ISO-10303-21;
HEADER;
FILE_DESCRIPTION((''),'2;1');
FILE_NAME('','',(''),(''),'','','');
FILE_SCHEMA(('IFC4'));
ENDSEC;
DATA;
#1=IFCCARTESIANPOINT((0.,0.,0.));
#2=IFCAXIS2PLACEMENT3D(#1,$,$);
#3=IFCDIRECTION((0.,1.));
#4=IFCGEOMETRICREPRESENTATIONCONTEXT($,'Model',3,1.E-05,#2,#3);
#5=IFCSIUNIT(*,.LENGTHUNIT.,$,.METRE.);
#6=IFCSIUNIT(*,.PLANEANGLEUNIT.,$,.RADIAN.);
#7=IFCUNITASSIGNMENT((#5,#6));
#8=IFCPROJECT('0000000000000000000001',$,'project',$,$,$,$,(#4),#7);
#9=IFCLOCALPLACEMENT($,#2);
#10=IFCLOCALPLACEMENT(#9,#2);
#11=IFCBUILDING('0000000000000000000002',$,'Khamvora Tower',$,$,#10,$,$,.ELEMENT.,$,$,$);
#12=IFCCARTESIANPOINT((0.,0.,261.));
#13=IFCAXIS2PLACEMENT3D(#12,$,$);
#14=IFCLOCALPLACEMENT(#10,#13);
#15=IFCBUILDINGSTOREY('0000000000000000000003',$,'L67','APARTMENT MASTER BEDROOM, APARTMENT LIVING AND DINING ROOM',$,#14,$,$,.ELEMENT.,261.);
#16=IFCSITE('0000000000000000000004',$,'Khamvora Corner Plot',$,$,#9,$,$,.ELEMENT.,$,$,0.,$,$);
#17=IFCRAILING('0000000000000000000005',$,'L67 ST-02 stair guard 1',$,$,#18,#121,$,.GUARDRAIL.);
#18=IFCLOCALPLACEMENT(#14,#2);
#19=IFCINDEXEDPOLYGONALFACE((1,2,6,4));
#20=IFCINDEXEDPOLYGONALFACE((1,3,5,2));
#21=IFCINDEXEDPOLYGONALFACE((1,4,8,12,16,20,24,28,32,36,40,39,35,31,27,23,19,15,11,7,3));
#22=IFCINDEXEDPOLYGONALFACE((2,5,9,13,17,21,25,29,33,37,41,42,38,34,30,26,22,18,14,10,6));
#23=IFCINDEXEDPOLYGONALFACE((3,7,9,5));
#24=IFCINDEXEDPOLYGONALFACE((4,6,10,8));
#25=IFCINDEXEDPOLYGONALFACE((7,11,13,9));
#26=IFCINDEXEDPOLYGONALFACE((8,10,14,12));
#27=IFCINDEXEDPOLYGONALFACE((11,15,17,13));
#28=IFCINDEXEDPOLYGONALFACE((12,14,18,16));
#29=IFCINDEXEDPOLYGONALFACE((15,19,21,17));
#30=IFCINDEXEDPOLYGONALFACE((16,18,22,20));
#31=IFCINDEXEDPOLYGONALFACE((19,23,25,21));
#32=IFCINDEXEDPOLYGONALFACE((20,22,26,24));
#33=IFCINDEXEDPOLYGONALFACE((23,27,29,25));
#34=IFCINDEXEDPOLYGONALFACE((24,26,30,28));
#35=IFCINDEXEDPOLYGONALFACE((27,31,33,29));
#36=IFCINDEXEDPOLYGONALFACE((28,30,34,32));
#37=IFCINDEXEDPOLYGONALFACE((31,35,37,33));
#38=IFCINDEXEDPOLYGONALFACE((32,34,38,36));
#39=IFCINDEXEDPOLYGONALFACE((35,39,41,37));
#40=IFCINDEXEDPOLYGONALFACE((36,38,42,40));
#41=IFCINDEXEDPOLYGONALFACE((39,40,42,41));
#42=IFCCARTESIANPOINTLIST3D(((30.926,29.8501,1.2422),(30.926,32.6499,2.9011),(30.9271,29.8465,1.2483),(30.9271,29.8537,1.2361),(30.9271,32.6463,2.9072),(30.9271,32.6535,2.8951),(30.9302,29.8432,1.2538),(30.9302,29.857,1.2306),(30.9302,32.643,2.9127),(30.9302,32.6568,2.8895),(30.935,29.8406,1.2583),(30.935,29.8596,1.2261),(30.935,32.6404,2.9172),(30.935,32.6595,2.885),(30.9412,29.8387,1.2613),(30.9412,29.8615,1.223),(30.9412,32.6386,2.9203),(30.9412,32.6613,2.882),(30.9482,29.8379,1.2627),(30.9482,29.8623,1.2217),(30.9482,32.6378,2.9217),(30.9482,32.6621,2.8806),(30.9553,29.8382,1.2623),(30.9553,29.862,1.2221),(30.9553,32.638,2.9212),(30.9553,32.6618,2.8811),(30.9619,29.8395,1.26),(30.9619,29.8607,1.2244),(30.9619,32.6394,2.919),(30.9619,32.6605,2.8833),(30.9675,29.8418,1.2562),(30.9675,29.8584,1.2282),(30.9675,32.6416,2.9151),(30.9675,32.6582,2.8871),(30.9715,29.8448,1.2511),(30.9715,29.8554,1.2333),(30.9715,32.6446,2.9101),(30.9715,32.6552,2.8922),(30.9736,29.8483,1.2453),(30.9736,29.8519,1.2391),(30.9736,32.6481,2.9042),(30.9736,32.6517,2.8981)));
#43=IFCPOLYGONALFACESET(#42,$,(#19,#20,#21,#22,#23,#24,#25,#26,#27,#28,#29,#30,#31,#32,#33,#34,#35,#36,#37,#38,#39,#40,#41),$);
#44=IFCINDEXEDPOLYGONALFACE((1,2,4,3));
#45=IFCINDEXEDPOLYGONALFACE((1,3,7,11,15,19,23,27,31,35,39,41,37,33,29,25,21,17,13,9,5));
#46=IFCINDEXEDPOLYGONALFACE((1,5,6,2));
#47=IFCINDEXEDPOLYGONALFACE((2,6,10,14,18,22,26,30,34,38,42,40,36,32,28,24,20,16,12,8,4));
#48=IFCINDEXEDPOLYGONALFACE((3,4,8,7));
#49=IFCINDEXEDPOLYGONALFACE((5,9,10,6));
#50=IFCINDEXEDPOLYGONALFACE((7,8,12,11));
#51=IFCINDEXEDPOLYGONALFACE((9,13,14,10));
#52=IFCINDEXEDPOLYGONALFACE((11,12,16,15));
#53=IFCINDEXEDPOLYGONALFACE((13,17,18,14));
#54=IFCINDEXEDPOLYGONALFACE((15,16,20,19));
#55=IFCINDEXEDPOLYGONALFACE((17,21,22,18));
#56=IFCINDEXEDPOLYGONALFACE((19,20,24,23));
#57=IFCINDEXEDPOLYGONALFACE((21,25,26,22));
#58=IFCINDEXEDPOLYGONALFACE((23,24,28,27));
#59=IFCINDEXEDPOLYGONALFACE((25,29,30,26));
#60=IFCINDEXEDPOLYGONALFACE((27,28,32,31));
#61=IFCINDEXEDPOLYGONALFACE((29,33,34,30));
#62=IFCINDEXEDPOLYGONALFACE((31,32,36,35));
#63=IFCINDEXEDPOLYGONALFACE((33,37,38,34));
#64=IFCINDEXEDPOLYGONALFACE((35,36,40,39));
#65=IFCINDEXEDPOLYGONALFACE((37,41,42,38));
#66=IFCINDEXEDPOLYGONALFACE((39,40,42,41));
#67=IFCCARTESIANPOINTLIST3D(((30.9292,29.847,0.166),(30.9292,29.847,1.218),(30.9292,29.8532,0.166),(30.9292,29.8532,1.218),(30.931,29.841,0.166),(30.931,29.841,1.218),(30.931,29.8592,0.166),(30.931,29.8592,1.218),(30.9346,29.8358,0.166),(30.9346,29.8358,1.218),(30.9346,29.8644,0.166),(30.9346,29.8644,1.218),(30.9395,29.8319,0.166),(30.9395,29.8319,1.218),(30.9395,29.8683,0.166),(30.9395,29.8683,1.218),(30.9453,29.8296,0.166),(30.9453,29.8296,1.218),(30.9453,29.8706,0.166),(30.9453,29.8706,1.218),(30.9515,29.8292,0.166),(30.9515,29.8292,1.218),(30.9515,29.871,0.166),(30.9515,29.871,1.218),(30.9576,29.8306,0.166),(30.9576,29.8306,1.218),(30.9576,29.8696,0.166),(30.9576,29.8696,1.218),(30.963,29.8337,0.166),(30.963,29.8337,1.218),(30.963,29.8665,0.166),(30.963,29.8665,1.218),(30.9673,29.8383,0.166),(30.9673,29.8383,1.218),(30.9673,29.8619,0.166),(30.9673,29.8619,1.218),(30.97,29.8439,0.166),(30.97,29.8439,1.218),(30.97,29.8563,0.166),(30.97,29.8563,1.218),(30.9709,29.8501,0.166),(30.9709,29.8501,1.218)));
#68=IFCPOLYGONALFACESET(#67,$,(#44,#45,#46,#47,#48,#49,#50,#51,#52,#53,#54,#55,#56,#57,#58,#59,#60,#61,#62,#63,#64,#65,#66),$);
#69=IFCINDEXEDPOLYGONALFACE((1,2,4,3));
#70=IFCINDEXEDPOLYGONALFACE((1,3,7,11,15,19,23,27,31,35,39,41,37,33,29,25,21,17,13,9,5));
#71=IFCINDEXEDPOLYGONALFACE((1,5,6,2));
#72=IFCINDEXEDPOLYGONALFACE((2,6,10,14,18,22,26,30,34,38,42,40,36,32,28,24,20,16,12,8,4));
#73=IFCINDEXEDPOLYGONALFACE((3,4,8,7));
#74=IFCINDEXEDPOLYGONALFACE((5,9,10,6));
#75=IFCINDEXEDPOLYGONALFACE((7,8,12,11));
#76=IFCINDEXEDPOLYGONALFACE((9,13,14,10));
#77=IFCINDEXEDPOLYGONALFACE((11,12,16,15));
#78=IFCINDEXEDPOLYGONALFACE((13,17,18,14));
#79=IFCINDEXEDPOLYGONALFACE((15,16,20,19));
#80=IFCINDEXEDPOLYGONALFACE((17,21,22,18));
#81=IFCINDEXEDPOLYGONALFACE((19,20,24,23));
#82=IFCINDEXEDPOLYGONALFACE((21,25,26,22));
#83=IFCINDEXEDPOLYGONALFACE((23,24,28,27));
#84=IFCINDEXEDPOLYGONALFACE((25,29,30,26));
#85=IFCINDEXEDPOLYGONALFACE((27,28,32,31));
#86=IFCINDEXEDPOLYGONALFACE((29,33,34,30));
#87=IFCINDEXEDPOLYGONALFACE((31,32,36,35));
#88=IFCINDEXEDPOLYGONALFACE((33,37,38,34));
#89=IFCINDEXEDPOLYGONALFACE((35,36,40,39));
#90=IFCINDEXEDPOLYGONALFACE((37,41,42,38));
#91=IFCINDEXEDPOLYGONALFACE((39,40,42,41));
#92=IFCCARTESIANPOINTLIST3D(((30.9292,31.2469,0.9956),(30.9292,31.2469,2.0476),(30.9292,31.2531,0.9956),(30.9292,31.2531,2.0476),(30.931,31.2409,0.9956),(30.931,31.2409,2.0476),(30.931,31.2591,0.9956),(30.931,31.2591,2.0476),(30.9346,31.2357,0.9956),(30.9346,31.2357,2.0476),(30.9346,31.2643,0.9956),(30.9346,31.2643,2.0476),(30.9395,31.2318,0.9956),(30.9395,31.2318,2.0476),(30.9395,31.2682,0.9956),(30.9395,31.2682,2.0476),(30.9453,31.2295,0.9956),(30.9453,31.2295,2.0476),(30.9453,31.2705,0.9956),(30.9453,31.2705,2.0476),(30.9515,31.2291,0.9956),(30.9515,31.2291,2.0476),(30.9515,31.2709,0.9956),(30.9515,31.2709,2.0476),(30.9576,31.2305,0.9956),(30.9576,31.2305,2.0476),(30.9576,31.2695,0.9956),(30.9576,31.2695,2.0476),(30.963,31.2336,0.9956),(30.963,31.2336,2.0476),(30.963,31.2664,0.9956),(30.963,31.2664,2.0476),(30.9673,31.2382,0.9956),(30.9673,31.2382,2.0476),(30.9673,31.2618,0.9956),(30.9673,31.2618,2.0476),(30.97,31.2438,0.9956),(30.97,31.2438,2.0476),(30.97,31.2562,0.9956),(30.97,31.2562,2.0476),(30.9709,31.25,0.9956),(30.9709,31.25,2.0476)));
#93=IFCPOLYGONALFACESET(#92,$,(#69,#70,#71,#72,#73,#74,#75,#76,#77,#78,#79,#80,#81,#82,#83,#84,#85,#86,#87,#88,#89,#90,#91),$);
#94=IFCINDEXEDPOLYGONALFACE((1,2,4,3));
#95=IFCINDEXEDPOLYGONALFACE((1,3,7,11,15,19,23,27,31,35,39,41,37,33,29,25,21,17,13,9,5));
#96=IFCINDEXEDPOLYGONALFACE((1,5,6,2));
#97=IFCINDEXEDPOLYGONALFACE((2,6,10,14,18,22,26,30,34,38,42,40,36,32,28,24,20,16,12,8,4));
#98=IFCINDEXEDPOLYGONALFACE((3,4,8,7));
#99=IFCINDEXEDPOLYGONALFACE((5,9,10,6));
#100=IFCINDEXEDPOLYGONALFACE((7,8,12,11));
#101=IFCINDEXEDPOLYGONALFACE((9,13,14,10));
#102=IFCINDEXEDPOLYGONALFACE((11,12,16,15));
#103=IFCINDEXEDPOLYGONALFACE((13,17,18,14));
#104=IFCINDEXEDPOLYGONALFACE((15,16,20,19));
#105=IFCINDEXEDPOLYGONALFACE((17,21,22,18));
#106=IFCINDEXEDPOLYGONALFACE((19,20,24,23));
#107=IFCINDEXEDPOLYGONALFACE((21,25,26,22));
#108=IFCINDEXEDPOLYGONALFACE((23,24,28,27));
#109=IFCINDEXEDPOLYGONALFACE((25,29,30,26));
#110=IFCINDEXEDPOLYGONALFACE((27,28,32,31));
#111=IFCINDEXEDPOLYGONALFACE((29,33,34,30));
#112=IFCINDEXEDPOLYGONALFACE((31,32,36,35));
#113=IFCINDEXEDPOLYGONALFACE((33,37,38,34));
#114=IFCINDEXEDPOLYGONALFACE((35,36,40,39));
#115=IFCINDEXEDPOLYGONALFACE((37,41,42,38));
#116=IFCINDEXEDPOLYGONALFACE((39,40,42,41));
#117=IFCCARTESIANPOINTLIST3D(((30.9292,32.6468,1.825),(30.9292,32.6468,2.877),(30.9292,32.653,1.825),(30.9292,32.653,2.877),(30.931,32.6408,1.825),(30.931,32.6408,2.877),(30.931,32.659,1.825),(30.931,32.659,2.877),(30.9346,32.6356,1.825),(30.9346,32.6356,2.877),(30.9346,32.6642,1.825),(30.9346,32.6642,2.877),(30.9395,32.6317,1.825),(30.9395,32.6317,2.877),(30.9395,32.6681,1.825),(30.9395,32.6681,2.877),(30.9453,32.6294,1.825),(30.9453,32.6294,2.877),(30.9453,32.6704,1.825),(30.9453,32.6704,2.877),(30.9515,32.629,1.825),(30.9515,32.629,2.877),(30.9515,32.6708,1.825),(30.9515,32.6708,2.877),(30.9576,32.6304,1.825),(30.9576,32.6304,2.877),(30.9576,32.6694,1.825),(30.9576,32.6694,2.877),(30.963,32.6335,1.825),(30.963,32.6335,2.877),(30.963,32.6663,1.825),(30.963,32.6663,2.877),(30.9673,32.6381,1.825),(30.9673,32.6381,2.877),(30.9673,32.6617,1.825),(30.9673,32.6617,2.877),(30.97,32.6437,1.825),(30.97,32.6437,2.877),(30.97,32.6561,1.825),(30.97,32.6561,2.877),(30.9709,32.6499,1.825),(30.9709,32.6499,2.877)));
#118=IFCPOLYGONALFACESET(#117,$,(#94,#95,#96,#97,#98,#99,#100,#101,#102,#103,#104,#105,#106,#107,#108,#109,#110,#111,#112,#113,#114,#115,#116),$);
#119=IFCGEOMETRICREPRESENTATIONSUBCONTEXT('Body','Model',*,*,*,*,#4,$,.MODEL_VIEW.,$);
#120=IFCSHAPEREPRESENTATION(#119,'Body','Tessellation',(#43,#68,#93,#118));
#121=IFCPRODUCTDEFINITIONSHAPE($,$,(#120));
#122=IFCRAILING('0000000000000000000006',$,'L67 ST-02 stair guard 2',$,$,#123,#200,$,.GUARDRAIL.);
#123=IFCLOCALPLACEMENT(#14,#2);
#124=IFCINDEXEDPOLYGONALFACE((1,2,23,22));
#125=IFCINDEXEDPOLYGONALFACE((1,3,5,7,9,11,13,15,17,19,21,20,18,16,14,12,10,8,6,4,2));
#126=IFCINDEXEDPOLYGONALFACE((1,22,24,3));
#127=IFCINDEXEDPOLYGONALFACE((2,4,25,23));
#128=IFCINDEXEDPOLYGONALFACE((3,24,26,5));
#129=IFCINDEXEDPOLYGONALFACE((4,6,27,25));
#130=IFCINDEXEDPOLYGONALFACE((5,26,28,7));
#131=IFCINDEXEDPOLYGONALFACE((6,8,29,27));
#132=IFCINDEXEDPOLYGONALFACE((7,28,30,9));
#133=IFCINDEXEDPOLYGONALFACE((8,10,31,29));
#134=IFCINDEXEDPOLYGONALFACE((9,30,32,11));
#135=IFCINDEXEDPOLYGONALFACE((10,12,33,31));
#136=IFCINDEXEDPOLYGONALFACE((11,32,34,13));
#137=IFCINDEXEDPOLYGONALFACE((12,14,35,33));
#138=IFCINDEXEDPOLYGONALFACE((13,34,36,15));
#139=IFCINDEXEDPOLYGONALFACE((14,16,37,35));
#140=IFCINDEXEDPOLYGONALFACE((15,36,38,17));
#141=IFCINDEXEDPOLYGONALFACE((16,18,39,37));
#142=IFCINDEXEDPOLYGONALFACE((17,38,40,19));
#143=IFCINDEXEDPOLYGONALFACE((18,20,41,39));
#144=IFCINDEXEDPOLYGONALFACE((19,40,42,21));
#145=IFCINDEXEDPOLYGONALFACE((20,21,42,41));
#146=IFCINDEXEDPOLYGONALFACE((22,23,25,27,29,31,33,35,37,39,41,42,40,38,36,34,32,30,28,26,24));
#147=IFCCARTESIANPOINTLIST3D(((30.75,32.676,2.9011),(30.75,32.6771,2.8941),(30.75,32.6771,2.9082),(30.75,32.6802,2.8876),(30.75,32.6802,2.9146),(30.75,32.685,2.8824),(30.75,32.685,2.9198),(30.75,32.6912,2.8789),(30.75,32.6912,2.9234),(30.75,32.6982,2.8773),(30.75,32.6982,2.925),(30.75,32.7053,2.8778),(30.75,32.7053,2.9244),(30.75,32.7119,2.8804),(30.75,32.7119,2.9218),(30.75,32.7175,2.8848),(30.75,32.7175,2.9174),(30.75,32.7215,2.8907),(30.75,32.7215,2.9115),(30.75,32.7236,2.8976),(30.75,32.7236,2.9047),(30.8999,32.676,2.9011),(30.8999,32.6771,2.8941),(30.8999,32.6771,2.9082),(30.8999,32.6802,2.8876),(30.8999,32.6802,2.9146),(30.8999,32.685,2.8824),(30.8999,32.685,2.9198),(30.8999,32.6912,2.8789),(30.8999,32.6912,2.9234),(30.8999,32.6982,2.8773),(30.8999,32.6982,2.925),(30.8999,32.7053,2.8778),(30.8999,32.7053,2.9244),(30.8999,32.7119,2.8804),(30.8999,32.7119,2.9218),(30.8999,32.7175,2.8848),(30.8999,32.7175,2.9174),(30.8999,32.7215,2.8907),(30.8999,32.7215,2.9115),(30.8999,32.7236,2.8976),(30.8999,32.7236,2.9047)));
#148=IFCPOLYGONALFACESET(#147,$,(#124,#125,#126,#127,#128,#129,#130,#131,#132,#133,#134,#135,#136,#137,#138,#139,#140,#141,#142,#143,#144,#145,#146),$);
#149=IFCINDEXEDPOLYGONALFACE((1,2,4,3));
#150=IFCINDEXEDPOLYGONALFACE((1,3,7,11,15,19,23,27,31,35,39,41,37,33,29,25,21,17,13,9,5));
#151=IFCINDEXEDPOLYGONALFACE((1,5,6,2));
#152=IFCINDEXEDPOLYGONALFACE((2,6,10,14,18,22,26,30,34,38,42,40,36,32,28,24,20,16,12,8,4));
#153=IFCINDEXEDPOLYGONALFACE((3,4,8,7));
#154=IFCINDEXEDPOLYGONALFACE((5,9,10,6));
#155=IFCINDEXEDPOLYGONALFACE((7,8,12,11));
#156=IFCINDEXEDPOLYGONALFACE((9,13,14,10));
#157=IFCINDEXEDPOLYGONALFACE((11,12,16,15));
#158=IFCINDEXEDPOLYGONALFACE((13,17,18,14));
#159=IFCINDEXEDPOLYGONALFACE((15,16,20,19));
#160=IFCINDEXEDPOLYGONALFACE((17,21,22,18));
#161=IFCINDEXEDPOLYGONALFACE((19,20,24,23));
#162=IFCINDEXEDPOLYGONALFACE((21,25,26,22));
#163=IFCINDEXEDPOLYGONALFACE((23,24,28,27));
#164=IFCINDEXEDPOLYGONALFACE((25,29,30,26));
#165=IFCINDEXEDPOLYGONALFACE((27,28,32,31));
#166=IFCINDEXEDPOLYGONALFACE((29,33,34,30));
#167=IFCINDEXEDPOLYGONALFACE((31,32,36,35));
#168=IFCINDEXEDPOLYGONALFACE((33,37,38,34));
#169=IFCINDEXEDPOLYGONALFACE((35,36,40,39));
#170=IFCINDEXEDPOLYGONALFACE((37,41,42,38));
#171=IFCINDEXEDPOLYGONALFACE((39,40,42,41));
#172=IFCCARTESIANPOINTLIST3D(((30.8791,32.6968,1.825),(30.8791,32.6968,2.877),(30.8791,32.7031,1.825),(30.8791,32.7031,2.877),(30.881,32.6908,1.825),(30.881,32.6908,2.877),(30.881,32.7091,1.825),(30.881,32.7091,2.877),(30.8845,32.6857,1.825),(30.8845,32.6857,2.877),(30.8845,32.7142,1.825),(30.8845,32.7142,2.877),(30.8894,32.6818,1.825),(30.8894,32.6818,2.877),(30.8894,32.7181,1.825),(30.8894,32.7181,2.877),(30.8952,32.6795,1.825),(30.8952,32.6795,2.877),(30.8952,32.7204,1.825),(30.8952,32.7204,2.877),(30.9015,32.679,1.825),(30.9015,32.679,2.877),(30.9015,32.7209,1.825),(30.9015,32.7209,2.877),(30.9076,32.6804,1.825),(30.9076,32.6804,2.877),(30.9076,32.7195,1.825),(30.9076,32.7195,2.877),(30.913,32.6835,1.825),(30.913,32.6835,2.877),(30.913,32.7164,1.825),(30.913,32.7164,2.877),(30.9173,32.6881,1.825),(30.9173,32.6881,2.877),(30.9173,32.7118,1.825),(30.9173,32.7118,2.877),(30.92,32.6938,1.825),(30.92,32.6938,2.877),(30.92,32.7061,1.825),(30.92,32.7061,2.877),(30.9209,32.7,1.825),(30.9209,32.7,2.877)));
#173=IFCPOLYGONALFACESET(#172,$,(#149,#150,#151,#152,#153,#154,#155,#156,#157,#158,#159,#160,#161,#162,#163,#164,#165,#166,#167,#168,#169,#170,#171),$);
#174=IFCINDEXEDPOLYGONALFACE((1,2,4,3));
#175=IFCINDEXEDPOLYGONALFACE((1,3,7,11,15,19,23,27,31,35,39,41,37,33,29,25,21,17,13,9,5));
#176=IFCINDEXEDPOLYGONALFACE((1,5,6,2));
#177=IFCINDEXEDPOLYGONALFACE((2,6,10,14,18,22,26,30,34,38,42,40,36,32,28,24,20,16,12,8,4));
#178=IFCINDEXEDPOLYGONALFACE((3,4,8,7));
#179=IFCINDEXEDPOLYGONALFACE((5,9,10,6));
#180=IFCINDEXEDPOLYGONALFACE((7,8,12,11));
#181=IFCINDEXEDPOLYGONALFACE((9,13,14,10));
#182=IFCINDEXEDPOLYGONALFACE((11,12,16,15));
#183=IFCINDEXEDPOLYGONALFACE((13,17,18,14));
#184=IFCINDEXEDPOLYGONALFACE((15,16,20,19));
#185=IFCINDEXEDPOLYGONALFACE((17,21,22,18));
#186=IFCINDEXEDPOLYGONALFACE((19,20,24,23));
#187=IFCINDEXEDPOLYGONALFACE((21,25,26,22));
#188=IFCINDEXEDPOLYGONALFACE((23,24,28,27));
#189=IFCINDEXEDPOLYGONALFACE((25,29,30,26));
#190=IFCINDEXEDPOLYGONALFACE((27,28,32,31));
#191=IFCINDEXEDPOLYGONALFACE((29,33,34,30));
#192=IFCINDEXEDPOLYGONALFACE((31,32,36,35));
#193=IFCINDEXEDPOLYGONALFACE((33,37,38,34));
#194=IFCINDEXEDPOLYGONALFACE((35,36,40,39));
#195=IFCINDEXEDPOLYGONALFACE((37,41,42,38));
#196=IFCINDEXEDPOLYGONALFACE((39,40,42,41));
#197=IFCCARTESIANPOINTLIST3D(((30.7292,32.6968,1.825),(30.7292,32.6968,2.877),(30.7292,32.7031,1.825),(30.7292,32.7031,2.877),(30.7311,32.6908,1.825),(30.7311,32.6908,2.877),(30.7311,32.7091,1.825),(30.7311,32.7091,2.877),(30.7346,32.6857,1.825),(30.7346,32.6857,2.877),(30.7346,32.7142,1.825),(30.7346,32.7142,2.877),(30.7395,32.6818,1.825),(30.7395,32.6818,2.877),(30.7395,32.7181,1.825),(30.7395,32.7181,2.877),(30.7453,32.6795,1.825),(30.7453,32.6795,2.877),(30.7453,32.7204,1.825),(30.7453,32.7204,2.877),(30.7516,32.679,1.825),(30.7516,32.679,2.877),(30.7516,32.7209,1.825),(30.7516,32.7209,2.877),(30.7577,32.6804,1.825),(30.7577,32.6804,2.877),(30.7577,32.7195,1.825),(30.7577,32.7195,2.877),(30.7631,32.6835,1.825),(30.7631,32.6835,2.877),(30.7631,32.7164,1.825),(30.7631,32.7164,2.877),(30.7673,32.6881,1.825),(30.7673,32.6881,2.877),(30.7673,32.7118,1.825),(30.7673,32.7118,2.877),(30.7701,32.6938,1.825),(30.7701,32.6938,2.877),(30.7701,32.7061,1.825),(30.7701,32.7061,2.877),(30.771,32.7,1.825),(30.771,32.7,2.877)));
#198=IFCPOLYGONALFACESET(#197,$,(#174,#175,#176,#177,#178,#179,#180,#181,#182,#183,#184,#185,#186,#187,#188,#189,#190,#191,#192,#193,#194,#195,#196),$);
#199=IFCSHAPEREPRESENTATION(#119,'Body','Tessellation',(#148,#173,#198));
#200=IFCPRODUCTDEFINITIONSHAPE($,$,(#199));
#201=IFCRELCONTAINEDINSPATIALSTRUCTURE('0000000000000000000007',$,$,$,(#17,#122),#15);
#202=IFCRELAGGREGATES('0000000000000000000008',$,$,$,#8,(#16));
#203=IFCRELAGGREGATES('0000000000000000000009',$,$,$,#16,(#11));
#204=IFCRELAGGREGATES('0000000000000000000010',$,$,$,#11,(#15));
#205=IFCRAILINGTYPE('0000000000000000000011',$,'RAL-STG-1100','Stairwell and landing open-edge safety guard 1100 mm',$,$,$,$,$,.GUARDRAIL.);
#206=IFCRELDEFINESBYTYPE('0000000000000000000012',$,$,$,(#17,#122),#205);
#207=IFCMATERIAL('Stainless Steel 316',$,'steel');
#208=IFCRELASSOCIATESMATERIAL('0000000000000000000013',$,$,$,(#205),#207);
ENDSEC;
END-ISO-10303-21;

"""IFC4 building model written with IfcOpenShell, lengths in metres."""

from ifc_helpers import new_model, si_unit, direction, frame, origin, origin_2d, place, context, subcontext, project, spatial, circle, extrude, material, type_object, element, save


model = new_model("IFC4")

# Units and contexts
model_context = context("Model", 3, precision=1e-05, world=origin(), true_north=direction((0.0, 1.0)))
body_context = subcontext(model_context, "Body", "Model", "MODEL_VIEW")
ifc_project = project(units=[si_unit("LENGTHUNIT", "METRE"), si_unit("PLANEANGLEUNIT", "RADIAN")], contexts=[model_context])

# Site, building, storey
site_placement = place(None, origin())
site = spatial("IfcSite", under=ifc_project, at=site_placement, Name="Khamvora Corner Plot", CompositionType="ELEMENT", RefElevation=0.0)
building_placement = place(site_placement, origin())
building = spatial("IfcBuilding", under=site, at=building_placement, Name="Khamvora Tower", CompositionType="ELEMENT")
storey_placement = place(building_placement, frame((0.0, 0.0, 261.0)))
storey = spatial("IfcBuildingStorey", under=building, at=storey_placement, Name="L67", Description="APARTMENT MASTER BEDROOM, APARTMENT LIVING AND DINING ROOM", CompositionType="ELEMENT", Elevation=261.0)

# Railings
ifc_material_1 = material(Name="Stainless Steel 316", Category="steel")
railing_type_1 = type_object("IfcRailingType", Name="RAL-STG-1100", Description="Stairwell and landing open-edge safety guard 1100 mm", PredefinedType="GUARDRAIL", material=ifc_material_1)
railing_1_placement = place(storey_placement, frame((30.95, 29.8501, 0.166)))
element("IfcRailing", 1, at=railing_1_placement, inside=storey, type_object=railing_type_1, Name="L67 ST-02 stair guard 1", PredefinedType="GUARDRAIL", context=body_context, shape_type="SweptSolid", body=[
    extrude(circle(Radius=0.0239, at=origin_2d()), frame((0.0, 0.0, 1.0762), z_axis=(0.0, 0.86032, 0.509755), x_axis=(-1.0, 0.0, 0.0)), (0.0, 0.0, 1.0), 3.2544),
    extrude(circle(Radius=0.021, at=origin_2d()), origin(), (0.0, 0.0, 1.0), 1.052),
    extrude(circle(Radius=0.021, at=origin_2d()), frame((0.0, 1.3999, 0.8296)), (0.0, 0.0, 1.0), 1.052),
    extrude(circle(Radius=0.021, at=origin_2d()), frame((0.0, 2.7998, 1.6589)), (0.0, 0.0, 1.0), 1.052),
])
railing_2_placement = place(storey_placement, frame((30.8999, 32.7, 1.825)))
element("IfcRailing", 2, at=railing_2_placement, inside=storey, type_object=railing_type_1, Name="L67 ST-02 stair guard 2", PredefinedType="GUARDRAIL", context=body_context, shape_type="SweptSolid", body=[
    extrude(circle(Radius=0.0239, at=origin_2d()), frame((0.0, 0.0, 1.0762), z_axis=(-1.0, 0.0, 0.0), x_axis=(0.0, -1.0, 0.0)), (0.0, 0.0, 1.0), 0.1499),
    extrude(circle(Radius=0.021, at=origin_2d()), origin(), (0.0, 0.0, 1.0), 1.052),
    extrude(circle(Radius=0.021, at=origin_2d()), frame((-0.1499, 0.0, 0.0)), (0.0, 0.0, 1.0), 1.052),
])

save(model, "model.ifc")
